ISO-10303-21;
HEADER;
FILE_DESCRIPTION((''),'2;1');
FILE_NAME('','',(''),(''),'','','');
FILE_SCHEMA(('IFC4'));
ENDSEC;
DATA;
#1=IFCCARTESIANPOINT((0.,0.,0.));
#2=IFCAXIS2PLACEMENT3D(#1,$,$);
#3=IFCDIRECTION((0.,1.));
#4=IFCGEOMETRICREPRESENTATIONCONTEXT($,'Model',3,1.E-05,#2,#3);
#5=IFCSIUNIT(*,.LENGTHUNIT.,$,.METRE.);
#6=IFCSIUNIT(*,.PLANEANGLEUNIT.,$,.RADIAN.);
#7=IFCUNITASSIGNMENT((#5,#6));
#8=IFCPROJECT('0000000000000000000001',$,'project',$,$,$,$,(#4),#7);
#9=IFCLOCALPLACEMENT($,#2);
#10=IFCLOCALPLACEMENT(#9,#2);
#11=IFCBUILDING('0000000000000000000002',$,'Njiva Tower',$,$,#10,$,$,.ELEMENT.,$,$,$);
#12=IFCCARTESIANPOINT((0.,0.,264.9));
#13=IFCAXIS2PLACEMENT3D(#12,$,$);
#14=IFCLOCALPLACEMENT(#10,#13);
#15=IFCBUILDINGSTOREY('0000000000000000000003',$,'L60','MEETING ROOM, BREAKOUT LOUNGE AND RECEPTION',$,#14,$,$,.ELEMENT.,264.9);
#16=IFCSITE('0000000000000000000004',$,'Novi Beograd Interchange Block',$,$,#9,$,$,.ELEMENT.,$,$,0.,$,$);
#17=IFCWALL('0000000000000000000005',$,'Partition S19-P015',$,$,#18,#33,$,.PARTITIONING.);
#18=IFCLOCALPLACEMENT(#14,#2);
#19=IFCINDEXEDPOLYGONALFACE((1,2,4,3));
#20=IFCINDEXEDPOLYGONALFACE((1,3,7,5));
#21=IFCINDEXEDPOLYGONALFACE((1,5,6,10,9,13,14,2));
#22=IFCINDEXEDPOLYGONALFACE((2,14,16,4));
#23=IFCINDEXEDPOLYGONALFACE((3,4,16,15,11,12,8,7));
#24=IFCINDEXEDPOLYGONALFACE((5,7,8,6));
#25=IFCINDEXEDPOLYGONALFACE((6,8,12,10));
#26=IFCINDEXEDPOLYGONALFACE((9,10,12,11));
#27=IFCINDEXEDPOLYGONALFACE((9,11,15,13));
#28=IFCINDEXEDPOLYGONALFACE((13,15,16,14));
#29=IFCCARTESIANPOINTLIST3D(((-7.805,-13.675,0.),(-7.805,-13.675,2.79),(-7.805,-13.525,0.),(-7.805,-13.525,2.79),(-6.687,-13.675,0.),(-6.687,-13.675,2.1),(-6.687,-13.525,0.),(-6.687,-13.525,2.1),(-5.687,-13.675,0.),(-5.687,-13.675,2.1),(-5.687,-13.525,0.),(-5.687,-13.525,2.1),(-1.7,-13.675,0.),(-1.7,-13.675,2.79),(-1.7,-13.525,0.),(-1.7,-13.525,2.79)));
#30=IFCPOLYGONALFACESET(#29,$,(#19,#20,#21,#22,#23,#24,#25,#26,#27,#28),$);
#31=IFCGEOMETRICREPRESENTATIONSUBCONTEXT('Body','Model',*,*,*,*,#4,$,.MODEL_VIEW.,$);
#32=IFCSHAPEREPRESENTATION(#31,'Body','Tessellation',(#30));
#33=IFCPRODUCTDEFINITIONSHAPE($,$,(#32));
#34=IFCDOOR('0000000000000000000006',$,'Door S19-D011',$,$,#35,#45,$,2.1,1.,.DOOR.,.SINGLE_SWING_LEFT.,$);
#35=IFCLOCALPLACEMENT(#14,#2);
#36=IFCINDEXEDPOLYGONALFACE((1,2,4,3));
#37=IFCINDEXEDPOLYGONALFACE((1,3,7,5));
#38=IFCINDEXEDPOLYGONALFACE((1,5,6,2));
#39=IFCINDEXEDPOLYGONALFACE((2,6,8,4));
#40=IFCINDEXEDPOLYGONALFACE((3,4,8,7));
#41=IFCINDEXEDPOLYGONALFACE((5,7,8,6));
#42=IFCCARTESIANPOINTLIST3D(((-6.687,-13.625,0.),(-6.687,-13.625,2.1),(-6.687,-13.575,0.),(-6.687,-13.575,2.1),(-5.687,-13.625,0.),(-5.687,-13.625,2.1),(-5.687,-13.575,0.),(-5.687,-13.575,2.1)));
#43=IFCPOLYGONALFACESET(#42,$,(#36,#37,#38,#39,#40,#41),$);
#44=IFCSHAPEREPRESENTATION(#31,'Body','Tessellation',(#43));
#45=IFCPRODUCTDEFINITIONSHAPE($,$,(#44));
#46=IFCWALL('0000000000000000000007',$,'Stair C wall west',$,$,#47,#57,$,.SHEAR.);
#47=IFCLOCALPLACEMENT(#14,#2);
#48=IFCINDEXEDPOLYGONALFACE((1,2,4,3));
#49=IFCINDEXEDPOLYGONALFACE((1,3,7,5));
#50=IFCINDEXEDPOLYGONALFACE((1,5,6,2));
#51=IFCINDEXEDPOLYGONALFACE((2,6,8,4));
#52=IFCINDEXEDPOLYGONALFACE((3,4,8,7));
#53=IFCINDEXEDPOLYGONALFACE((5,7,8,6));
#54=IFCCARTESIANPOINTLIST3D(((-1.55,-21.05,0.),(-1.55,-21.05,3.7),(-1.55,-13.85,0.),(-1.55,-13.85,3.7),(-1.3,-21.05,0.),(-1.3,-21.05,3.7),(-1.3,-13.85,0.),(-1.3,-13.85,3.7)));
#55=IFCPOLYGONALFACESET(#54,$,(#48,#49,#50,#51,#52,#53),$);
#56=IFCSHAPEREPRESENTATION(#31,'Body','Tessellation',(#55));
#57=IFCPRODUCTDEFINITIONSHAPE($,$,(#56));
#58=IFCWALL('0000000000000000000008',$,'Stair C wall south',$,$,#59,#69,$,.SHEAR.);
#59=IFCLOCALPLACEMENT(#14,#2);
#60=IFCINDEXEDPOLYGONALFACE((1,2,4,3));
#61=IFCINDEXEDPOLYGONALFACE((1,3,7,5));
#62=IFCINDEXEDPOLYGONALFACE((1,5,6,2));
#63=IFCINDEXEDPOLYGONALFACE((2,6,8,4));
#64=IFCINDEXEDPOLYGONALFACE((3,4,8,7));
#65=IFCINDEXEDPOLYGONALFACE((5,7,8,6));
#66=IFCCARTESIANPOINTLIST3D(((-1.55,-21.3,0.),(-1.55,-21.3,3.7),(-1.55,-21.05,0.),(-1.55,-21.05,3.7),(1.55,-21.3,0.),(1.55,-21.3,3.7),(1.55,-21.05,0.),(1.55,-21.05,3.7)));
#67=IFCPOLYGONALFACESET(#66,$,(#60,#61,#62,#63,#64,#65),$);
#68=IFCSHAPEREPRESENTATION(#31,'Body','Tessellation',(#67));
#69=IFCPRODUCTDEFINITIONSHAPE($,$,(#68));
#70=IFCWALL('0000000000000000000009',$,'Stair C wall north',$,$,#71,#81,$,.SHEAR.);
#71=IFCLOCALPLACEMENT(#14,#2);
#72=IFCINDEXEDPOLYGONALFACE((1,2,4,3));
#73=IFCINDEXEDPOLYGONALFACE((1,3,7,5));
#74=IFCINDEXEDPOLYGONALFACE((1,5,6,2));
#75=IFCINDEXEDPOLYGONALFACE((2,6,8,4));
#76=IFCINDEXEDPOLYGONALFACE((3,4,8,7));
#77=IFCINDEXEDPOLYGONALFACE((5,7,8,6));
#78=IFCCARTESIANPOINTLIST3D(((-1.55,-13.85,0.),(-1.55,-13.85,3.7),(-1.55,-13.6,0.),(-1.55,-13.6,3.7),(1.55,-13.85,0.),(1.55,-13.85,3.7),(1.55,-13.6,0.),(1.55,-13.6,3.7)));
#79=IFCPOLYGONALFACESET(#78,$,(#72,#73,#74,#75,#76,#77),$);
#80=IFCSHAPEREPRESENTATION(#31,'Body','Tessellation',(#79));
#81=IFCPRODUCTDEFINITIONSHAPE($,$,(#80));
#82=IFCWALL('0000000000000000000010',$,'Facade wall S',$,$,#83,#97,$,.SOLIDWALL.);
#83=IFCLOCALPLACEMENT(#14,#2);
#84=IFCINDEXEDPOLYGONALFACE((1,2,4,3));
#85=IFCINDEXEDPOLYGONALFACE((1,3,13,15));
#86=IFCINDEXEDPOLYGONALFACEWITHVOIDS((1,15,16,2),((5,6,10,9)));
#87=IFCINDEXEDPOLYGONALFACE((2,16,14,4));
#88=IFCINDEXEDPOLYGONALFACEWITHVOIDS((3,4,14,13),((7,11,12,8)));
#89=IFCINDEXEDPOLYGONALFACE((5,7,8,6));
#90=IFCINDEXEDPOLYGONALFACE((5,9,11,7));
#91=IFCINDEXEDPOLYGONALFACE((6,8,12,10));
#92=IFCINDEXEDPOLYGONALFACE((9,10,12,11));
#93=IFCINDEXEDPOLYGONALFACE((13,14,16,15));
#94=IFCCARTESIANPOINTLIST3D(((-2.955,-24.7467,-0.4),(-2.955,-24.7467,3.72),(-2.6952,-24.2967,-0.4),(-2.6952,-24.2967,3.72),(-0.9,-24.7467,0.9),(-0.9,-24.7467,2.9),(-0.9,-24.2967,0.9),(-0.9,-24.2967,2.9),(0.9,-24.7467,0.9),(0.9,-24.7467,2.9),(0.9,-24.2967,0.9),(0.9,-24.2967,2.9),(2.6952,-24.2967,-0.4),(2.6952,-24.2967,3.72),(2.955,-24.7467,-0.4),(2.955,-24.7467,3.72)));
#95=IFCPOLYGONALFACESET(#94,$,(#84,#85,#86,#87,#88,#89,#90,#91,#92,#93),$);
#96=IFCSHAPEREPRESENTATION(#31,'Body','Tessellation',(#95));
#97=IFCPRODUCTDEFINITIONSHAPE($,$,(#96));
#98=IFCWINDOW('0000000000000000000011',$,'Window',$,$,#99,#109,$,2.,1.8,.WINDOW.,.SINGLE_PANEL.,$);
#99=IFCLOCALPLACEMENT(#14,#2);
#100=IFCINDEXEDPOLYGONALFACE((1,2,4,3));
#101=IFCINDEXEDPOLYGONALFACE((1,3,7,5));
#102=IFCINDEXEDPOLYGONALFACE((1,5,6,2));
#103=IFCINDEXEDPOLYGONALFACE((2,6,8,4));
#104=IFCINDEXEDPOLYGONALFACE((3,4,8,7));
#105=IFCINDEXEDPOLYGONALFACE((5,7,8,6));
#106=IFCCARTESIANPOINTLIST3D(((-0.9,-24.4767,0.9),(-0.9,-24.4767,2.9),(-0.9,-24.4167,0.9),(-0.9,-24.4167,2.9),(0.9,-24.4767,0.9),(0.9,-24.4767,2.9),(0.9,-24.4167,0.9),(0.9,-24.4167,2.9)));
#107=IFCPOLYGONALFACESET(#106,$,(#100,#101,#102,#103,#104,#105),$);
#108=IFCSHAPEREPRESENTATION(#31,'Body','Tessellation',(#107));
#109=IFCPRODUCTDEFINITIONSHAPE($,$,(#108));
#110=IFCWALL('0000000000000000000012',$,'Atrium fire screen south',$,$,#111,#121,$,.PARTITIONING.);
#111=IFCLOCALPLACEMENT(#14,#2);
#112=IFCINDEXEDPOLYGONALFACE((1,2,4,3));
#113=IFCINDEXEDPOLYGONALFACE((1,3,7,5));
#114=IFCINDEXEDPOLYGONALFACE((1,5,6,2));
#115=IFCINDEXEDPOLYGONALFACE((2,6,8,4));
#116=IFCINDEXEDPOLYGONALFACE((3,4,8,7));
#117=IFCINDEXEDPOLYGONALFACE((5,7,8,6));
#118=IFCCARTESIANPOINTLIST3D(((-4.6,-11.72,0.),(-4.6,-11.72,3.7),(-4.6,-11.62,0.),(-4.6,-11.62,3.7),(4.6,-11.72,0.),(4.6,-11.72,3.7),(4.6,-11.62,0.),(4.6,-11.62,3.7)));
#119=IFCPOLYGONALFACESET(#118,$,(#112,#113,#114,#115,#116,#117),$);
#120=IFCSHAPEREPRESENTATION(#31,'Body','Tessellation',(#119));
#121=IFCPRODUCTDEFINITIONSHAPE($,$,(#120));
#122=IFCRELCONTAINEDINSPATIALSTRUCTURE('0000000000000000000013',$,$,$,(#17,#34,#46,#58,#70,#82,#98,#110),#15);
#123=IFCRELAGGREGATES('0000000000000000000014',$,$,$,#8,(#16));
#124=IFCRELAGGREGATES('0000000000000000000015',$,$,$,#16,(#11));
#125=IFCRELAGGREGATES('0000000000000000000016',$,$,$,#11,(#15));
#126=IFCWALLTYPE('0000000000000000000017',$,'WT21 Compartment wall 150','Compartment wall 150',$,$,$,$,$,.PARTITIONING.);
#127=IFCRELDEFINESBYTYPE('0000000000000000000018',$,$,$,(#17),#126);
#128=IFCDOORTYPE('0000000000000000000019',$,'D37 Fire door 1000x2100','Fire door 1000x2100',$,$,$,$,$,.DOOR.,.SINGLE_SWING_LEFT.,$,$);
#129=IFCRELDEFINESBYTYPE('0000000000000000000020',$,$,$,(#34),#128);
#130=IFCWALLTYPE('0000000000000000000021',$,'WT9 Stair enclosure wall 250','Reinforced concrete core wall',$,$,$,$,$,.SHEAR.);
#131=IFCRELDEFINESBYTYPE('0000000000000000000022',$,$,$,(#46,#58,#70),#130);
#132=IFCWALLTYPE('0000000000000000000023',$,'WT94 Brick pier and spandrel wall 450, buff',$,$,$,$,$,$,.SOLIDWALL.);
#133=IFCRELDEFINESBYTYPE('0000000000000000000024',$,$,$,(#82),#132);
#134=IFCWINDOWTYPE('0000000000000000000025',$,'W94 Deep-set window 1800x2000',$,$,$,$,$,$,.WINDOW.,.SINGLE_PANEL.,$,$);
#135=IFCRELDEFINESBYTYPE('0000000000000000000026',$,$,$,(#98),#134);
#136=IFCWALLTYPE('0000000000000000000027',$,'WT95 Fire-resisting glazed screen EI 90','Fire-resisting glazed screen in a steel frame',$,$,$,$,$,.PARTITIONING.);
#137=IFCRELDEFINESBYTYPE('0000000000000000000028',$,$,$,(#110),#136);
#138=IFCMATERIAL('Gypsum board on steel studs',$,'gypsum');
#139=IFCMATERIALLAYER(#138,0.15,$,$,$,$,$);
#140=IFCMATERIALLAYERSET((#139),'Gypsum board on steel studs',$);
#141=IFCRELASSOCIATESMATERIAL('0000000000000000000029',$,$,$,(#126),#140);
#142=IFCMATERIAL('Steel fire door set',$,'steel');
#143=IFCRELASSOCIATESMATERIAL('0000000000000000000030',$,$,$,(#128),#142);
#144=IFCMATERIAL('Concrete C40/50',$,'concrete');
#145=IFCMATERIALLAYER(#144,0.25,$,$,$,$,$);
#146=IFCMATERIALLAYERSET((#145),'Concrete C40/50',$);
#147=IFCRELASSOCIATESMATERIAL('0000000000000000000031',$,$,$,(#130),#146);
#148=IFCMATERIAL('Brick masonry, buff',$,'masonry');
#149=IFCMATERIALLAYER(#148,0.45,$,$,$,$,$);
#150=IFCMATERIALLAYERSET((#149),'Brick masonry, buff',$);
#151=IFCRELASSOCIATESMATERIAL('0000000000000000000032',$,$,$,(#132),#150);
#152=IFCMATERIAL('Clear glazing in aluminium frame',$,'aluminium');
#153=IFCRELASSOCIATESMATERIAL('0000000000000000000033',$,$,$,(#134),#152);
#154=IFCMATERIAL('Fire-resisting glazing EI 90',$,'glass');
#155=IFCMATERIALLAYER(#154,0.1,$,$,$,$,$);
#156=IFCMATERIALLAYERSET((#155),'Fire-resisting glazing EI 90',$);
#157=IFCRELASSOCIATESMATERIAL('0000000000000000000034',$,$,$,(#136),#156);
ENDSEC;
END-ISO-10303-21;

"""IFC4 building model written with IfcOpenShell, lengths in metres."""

from ifc_helpers import new_model, si_unit, direction, frame, frame_2d, origin, place, context, subcontext, project, spatial, polyline, rectangle, outline, extrude, material, layer, layer_set, type_object, element, fill, save


model = new_model("IFC4")

# Units and contexts
model_context = context("Model", 3, precision=1e-05, world=origin(), true_north=direction((0.0, 1.0)))
body_context = subcontext(model_context, "Body", "Model", "MODEL_VIEW")
ifc_project = project(units=[si_unit("LENGTHUNIT", "METRE"), si_unit("PLANEANGLEUNIT", "RADIAN")], contexts=[model_context])

# Site, building, storey
site_placement = place(None, origin())
site = spatial("IfcSite", under=ifc_project, at=site_placement, Name="Novi Beograd Interchange Block", CompositionType="ELEMENT", RefElevation=0.0)
building_placement = place(site_placement, origin())
building = spatial("IfcBuilding", under=site, at=building_placement, Name="Njiva Tower", CompositionType="ELEMENT")
storey_placement = place(building_placement, frame((0.0, 0.0, 264.9)))
storey = spatial("IfcBuildingStorey", under=building, at=storey_placement, Name="L60", Description="MEETING ROOM, BREAKOUT LOUNGE AND RECEPTION", CompositionType="ELEMENT", Elevation=264.9)

# Shared definitions
ifc_material_1 = material(Name="Gypsum board on steel studs", Category="gypsum")

# Shared definitions
ifc_layer_1 = layer(ifc_material_1, 0.15)
ifc_layer_set_1 = layer_set([ifc_layer_1], Name="Gypsum board on steel studs")
wall_type_1 = type_object("IfcWallType", Name="WT21 Compartment wall 150", Description="Compartment wall 150", PredefinedType="PARTITIONING", material=ifc_layer_set_1)
ifc_material_2 = material(Name="Steel fire door set", Category="steel")
door_type = type_object("IfcDoorType", Name="D37 Fire door 1000x2100", Description="Fire door 1000x2100", OperationType="SINGLE_SWING_LEFT", PredefinedType="DOOR", material=ifc_material_2)

# Wall, opening, door
wall_1_placement = place(storey_placement, frame((-7.805, -13.6, 0.0), z_axis=(0.0, 0.0, 1.0), x_axis=(1.0, 0.0, 0.0)))
wall_1 = element("IfcWall", 1, at=wall_1_placement, inside=storey, type_object=wall_type_1, Name="Partition S19-P015", PredefinedType="PARTITIONING", context=body_context, shape_type="SweptSolid", body=[
    extrude(rectangle(XDim=6.105, YDim=0.15, at=frame_2d((3.0525, 0.0))), origin(), (0.0, 0.0, 1.0), 2.79),
])
opening_1_placement = place(wall_1_placement, frame((1.118, 0.0, 0.0)))
opening_1 = element("IfcOpeningElement", 2, at=opening_1_placement, cuts=wall_1, PredefinedType="OPENING", context=body_context, shape_type="SweptSolid", body=[
    extrude(rectangle(XDim=1.0, YDim=2.1, at=frame_2d((0.5, 1.05))), frame((0.0, 0.085, 0.0), z_axis=(0.0, -1.0, 0.0), x_axis=(1.0, 0.0, 0.0)), (0.0, 0.0, 1.0), 0.17),
])
door_1_placement = place(opening_1_placement, origin())
door_1 = element("IfcDoor", 3, at=door_1_placement, inside=storey, type_object=door_type, Name="Door S19-D011", OperationType="SINGLE_SWING_LEFT", OverallHeight=2.1, OverallWidth=1.0, PredefinedType="DOOR", context=body_context, shape_type="SweptSolid", body=[
    extrude(rectangle(XDim=1.0, YDim=2.1, at=frame_2d((0.5, 1.05))), frame((0.0, 0.025, 0.0), z_axis=(0.0, -1.0, 0.0), x_axis=(1.0, 0.0, 0.0)), (0.0, 0.0, 1.0), 0.05),
])
fill(opening_1, door_1)

# Walls
ifc_material_3 = material(Name="Concrete C40/50", Category="concrete")
ifc_layer_2 = layer(ifc_material_3, 0.25)
ifc_layer_set_2 = layer_set([ifc_layer_2], Name="Concrete C40/50")
wall_type_2 = type_object("IfcWallType", Name="WT9 Stair enclosure wall 250", Description="Reinforced concrete core wall", PredefinedType="SHEAR", material=ifc_layer_set_2)
wall_2_placement = place(storey_placement, frame((-1.425, -21.05, 0.0), z_axis=(0.0, 0.0, 1.0), x_axis=(0.0, 1.0, 0.0)))
element("IfcWall", 4, at=wall_2_placement, inside=storey, type_object=wall_type_2, Name="Stair C wall west", PredefinedType="SHEAR", context=body_context, shape_type="SweptSolid", body=[
    extrude(rectangle(XDim=7.2, YDim=0.25, at=frame_2d((3.6, 0.0))), origin(), (0.0, 0.0, 1.0), 3.7),
])
for number, where, z_axis, x_axis, name in (
    (5, (-1.55, -21.175, 0.0), (0.0, 0.0, 1.0), (1.0, 0.0, 0.0), "Stair C wall south"),
    (6, (-1.55, -13.725, 0.0), (0.0, 0.0, 1.0), (1.0, 0.0, 0.0), "Stair C wall north"),
):
    element("IfcWall", number, at=place(storey_placement, frame(where, z_axis=z_axis, x_axis=x_axis)), inside=storey, type_object=wall_type_2, Name=name, PredefinedType="SHEAR", context=body_context, shape_type="SweptSolid", body=[
        extrude(rectangle(XDim=3.1, YDim=0.25, at=frame_2d((1.55, 0.0))), origin(), (0.0, 0.0, 1.0), 3.7),
    ])

# Wall, opening, window
ifc_material_4 = material(Name="Brick masonry, buff", Category="masonry")
ifc_layer_3 = layer(ifc_material_4, 0.45)
ifc_layer_set_3 = layer_set([ifc_layer_3], Name="Brick masonry, buff")
wall_type_3 = type_object("IfcWallType", Name="WT94 Brick pier and spandrel wall 450, buff", PredefinedType="SOLIDWALL", material=ifc_layer_set_3)
wall_3_placement = place(storey_placement, frame((-2.8251, -24.5217, -0.4), z_axis=(0.0, 0.0, 1.0), x_axis=(1.0, 0.0, 0.0)))
wall_3 = element("IfcWall", 7, at=wall_3_placement, inside=storey, type_object=wall_type_3, Name="Facade wall S", PredefinedType="SOLIDWALL", context=body_context, shape_type="SweptSolid", body=[
    extrude(outline(polyline([(-0.1299, -0.225), (5.7801, -0.225), (5.5203, 0.225), (0.1299, 0.225), (-0.1299, -0.225)])), origin(), (0.0, 0.0, 1.0), 4.12),
])
opening_2_placement = place(wall_3_placement, frame((1.9251, 0.0, 1.3)))
opening_2 = element("IfcOpeningElement", 8, at=opening_2_placement, cuts=wall_3, PredefinedType="OPENING", context=body_context, shape_type="SweptSolid", body=[
    extrude(rectangle(XDim=1.8, YDim=2.0, at=frame_2d((0.9, 1.0))), frame((0.0, 0.235, 0.0), z_axis=(0.0, -1.0, 0.0), x_axis=(1.0, 0.0, 0.0)), (0.0, 0.0, 1.0), 0.47),
])
ifc_material_5 = material(Name="Clear glazing in aluminium frame", Category="aluminium")
window_type = type_object("IfcWindowType", Name="W94 Deep-set window 1800x2000", PartitioningType="SINGLE_PANEL", PredefinedType="WINDOW", material=ifc_material_5)
window_placement = place(opening_2_placement, origin())
window = element("IfcWindow", 9, at=window_placement, inside=storey, type_object=window_type, Name="Window", OverallHeight=2.0, OverallWidth=1.8, PartitioningType="SINGLE_PANEL", PredefinedType="WINDOW", context=body_context, shape_type="SweptSolid", body=[
    extrude(rectangle(XDim=1.8, YDim=2.0, at=frame_2d((0.9, 1.0))), frame((0.0, 0.105, 0.0), z_axis=(0.0, -1.0, 0.0), x_axis=(1.0, 0.0, 0.0)), (0.0, 0.0, 1.0), 0.06),
])
fill(opening_2, window)

# Wall
ifc_material_6 = material(Name="Fire-resisting glazing EI 90", Category="glass")
ifc_layer_4 = layer(ifc_material_6, 0.1)
ifc_layer_set_4 = layer_set([ifc_layer_4], Name="Fire-resisting glazing EI 90")
wall_type_4 = type_object("IfcWallType", Name="WT95 Fire-resisting glazed screen EI 90", Description="Fire-resisting glazed screen in a steel frame", PredefinedType="PARTITIONING", material=ifc_layer_set_4)
wall_4_placement = place(storey_placement, frame((-4.6, -11.67, 0.0), z_axis=(0.0, 0.0, 1.0), x_axis=(1.0, 0.0, 0.0)))
element("IfcWall", 10, at=wall_4_placement, inside=storey, type_object=wall_type_4, Name="Atrium fire screen south", PredefinedType="PARTITIONING", context=body_context, shape_type="SweptSolid", body=[
    extrude(rectangle(XDim=9.2, YDim=0.1, at=frame_2d((4.6, 0.0))), origin(), (0.0, 0.0, 1.0), 3.7),
])

save(model, "model.ifc")
